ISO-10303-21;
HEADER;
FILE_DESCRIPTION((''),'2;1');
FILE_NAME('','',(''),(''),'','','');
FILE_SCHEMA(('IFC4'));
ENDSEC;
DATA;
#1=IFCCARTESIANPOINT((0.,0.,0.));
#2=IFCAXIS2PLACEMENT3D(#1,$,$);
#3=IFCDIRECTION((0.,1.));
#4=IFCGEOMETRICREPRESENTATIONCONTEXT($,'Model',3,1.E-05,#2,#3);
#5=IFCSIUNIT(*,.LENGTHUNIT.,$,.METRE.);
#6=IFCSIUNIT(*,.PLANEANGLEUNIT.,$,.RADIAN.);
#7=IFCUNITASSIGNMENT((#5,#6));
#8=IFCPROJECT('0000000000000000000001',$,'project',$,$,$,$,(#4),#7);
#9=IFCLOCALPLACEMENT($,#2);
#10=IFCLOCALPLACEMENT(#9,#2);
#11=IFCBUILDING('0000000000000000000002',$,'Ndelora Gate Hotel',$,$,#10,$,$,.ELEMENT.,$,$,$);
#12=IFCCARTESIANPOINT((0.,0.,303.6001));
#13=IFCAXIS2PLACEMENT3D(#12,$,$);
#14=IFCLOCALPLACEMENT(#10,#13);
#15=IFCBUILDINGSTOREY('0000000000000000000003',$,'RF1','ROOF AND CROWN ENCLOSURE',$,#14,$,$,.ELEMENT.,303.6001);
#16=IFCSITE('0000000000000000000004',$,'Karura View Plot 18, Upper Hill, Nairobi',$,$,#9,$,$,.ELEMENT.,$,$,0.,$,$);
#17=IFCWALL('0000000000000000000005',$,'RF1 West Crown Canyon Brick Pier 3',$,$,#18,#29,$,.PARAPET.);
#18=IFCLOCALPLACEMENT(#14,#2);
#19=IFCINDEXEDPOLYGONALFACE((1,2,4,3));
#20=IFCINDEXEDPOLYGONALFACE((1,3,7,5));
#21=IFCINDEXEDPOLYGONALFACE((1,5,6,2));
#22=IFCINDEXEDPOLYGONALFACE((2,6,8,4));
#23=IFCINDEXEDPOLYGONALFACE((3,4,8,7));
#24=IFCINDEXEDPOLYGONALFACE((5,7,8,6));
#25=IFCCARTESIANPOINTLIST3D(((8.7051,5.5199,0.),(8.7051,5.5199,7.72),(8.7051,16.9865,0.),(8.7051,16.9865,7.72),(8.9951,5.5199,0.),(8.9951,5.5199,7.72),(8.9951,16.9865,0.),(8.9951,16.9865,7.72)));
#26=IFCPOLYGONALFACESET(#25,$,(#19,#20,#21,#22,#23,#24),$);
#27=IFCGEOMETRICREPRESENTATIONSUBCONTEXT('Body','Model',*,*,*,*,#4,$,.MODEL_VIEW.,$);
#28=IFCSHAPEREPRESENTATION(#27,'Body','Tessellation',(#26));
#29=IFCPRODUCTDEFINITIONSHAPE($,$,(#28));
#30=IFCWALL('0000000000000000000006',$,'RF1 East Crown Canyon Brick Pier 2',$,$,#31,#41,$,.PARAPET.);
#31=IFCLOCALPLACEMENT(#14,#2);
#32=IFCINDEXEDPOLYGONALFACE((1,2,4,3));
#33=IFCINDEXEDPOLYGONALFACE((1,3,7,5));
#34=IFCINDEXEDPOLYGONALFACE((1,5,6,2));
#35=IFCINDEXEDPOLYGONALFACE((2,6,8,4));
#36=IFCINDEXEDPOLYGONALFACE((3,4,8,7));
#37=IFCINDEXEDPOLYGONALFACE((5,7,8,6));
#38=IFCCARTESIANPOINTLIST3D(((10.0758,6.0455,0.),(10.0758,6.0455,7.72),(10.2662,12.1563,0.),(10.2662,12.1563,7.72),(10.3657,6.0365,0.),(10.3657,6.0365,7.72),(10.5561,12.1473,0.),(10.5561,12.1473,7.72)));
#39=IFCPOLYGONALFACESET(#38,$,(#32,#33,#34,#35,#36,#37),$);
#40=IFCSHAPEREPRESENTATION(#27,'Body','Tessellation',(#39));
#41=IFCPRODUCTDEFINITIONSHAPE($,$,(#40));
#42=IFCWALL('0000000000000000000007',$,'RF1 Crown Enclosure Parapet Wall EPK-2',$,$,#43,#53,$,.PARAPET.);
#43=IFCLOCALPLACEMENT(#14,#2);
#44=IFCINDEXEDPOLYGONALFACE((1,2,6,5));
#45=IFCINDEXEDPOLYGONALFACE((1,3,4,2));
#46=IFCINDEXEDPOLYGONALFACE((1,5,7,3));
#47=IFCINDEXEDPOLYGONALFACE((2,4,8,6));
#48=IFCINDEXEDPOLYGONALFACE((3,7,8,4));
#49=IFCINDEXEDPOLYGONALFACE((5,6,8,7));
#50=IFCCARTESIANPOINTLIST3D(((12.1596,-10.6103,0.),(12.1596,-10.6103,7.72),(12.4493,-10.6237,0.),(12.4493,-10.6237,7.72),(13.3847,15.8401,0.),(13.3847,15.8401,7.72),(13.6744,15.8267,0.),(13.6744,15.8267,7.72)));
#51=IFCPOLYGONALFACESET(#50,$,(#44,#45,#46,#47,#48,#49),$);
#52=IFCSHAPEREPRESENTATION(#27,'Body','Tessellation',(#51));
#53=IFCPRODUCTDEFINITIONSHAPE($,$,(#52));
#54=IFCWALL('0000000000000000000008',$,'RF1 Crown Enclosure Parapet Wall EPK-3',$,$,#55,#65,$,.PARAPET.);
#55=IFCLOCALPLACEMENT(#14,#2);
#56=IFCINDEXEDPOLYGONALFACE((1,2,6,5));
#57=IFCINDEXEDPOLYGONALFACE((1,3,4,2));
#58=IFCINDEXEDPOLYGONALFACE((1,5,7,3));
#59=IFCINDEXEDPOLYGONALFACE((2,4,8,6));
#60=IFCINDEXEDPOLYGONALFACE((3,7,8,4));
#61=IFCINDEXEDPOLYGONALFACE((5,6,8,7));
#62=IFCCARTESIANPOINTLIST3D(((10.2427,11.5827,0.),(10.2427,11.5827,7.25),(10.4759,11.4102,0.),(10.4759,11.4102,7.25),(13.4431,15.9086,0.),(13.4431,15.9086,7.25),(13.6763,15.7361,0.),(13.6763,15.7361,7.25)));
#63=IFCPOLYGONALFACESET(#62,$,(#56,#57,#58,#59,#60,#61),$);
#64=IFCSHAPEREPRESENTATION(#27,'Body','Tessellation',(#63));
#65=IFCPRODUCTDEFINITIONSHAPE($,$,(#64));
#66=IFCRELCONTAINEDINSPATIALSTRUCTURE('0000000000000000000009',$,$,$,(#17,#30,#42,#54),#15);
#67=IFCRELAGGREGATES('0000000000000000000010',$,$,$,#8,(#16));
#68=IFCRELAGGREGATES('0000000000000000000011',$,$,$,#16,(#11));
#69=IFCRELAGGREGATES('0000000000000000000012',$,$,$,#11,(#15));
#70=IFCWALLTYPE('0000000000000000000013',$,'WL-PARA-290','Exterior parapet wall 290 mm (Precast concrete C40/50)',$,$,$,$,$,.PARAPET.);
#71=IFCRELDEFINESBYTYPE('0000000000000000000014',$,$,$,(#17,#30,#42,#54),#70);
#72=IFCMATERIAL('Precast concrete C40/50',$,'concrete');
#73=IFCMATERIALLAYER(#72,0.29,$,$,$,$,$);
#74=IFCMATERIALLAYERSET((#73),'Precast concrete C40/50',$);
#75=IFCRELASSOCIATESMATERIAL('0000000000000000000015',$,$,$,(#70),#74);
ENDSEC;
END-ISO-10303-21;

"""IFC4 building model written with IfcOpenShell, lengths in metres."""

from ifc_helpers import new_model, si_unit, direction, frame, frame_2d, origin, place, context, subcontext, project, spatial, rectangle, extrude, material, layer, layer_set, type_object, element, save


model = new_model("IFC4")

# Units and contexts
model_context = context("Model", 3, precision=1e-05, world=origin(), true_north=direction((0.0, 1.0)))
body_context = subcontext(model_context, "Body", "Model", "MODEL_VIEW")
ifc_project = project(units=[si_unit("LENGTHUNIT", "METRE"), si_unit("PLANEANGLEUNIT", "RADIAN")], contexts=[model_context])

# Site, building, storey
site_placement = place(None, origin())
site = spatial("IfcSite", under=ifc_project, at=site_placement, Name="Karura View Plot 18, Upper Hill, Nairobi", CompositionType="ELEMENT", RefElevation=0.0)
building_placement = place(site_placement, origin())
building = spatial("IfcBuilding", under=site, at=building_placement, Name="Ndelora Gate Hotel", CompositionType="ELEMENT")
storey_placement = place(building_placement, frame((0.0, 0.0, 303.6001)))
storey = spatial("IfcBuildingStorey", under=building, at=storey_placement, Name="RF1", Description="ROOF AND CROWN ENCLOSURE", CompositionType="ELEMENT", Elevation=303.6001)

# Walls
ifc_material_1 = material(Name="Precast concrete C40/50", Category="concrete")
ifc_layer_1 = layer(ifc_material_1, 0.29)
ifc_layer_set_1 = layer_set([ifc_layer_1], Name="Precast concrete C40/50")
wall_type = type_object("IfcWallType", Name="WL-PARA-290", Description="Exterior parapet wall 290 mm (Precast concrete C40/50)", PredefinedType="PARAPET", material=ifc_layer_set_1)
wall_1_placement = place(storey_placement, frame((8.8501, 16.9866, 0.0), z_axis=(0.0, 0.0, 1.0), x_axis=(0.0, -1.0, 0.0)))
element("IfcWall", 1, at=wall_1_placement, inside=storey, type_object=wall_type, Name="RF1 West Crown Canyon Brick Pier 3", PredefinedType="PARAPET", context=body_context, shape_type="SweptSolid", body=[
    extrude(rectangle(XDim=11.4666, YDim=0.29, at=frame_2d((5.7334, 0.0))), origin(), (0.0, 0.0, 1.0), 7.72),
])
wall_2_placement = place(storey_placement, frame((10.2207, 6.041, 0.0), z_axis=(0.0, 0.0, 1.0), x_axis=(0.031147, 0.999515, 0.0)))
element("IfcWall", 2, at=wall_2_placement, inside=storey, type_object=wall_type, Name="RF1 East Crown Canyon Brick Pier 2", PredefinedType="PARAPET", context=body_context, shape_type="SweptSolid", body=[
    extrude(rectangle(XDim=6.1138, YDim=0.29, at=frame_2d((3.0569, 0.0))), origin(), (0.0, 0.0, 1.0), 7.72),
])
wall_3_placement = place(storey_placement, frame((13.5295, 15.8333, 0.0), z_axis=(0.0, 0.0, 1.0), x_axis=(-0.046267, -0.998929, 0.0)))
element("IfcWall", 3, at=wall_3_placement, inside=storey, type_object=wall_type, Name="RF1 Crown Enclosure Parapet Wall EPK-2", PredefinedType="PARAPET", context=body_context, shape_type="SweptSolid", body=[
    extrude(rectangle(XDim=26.4788, YDim=0.29, at=frame_2d((13.2393, 0.0))), origin(), (0.0, 0.0, 1.0), 7.72),
])
wall_4_placement = place(storey_placement, frame((10.3594, 11.4966, 0.0), z_axis=(0.0, 0.0, 1.0), x_axis=(0.594753, 0.803908, 0.0)))
element("IfcWall", 4, at=wall_4_placement, inside=storey, type_object=wall_type, Name="RF1 Crown Enclosure Parapet Wall EPK-3", PredefinedType="PARAPET", context=body_context, shape_type="SweptSolid", body=[
    extrude(rectangle(XDim=5.3811, YDim=0.29, at=frame_2d((2.6904, 0.0))), origin(), (0.0, 0.0, 1.0), 7.25),
])

save(model, "model.ifc")
